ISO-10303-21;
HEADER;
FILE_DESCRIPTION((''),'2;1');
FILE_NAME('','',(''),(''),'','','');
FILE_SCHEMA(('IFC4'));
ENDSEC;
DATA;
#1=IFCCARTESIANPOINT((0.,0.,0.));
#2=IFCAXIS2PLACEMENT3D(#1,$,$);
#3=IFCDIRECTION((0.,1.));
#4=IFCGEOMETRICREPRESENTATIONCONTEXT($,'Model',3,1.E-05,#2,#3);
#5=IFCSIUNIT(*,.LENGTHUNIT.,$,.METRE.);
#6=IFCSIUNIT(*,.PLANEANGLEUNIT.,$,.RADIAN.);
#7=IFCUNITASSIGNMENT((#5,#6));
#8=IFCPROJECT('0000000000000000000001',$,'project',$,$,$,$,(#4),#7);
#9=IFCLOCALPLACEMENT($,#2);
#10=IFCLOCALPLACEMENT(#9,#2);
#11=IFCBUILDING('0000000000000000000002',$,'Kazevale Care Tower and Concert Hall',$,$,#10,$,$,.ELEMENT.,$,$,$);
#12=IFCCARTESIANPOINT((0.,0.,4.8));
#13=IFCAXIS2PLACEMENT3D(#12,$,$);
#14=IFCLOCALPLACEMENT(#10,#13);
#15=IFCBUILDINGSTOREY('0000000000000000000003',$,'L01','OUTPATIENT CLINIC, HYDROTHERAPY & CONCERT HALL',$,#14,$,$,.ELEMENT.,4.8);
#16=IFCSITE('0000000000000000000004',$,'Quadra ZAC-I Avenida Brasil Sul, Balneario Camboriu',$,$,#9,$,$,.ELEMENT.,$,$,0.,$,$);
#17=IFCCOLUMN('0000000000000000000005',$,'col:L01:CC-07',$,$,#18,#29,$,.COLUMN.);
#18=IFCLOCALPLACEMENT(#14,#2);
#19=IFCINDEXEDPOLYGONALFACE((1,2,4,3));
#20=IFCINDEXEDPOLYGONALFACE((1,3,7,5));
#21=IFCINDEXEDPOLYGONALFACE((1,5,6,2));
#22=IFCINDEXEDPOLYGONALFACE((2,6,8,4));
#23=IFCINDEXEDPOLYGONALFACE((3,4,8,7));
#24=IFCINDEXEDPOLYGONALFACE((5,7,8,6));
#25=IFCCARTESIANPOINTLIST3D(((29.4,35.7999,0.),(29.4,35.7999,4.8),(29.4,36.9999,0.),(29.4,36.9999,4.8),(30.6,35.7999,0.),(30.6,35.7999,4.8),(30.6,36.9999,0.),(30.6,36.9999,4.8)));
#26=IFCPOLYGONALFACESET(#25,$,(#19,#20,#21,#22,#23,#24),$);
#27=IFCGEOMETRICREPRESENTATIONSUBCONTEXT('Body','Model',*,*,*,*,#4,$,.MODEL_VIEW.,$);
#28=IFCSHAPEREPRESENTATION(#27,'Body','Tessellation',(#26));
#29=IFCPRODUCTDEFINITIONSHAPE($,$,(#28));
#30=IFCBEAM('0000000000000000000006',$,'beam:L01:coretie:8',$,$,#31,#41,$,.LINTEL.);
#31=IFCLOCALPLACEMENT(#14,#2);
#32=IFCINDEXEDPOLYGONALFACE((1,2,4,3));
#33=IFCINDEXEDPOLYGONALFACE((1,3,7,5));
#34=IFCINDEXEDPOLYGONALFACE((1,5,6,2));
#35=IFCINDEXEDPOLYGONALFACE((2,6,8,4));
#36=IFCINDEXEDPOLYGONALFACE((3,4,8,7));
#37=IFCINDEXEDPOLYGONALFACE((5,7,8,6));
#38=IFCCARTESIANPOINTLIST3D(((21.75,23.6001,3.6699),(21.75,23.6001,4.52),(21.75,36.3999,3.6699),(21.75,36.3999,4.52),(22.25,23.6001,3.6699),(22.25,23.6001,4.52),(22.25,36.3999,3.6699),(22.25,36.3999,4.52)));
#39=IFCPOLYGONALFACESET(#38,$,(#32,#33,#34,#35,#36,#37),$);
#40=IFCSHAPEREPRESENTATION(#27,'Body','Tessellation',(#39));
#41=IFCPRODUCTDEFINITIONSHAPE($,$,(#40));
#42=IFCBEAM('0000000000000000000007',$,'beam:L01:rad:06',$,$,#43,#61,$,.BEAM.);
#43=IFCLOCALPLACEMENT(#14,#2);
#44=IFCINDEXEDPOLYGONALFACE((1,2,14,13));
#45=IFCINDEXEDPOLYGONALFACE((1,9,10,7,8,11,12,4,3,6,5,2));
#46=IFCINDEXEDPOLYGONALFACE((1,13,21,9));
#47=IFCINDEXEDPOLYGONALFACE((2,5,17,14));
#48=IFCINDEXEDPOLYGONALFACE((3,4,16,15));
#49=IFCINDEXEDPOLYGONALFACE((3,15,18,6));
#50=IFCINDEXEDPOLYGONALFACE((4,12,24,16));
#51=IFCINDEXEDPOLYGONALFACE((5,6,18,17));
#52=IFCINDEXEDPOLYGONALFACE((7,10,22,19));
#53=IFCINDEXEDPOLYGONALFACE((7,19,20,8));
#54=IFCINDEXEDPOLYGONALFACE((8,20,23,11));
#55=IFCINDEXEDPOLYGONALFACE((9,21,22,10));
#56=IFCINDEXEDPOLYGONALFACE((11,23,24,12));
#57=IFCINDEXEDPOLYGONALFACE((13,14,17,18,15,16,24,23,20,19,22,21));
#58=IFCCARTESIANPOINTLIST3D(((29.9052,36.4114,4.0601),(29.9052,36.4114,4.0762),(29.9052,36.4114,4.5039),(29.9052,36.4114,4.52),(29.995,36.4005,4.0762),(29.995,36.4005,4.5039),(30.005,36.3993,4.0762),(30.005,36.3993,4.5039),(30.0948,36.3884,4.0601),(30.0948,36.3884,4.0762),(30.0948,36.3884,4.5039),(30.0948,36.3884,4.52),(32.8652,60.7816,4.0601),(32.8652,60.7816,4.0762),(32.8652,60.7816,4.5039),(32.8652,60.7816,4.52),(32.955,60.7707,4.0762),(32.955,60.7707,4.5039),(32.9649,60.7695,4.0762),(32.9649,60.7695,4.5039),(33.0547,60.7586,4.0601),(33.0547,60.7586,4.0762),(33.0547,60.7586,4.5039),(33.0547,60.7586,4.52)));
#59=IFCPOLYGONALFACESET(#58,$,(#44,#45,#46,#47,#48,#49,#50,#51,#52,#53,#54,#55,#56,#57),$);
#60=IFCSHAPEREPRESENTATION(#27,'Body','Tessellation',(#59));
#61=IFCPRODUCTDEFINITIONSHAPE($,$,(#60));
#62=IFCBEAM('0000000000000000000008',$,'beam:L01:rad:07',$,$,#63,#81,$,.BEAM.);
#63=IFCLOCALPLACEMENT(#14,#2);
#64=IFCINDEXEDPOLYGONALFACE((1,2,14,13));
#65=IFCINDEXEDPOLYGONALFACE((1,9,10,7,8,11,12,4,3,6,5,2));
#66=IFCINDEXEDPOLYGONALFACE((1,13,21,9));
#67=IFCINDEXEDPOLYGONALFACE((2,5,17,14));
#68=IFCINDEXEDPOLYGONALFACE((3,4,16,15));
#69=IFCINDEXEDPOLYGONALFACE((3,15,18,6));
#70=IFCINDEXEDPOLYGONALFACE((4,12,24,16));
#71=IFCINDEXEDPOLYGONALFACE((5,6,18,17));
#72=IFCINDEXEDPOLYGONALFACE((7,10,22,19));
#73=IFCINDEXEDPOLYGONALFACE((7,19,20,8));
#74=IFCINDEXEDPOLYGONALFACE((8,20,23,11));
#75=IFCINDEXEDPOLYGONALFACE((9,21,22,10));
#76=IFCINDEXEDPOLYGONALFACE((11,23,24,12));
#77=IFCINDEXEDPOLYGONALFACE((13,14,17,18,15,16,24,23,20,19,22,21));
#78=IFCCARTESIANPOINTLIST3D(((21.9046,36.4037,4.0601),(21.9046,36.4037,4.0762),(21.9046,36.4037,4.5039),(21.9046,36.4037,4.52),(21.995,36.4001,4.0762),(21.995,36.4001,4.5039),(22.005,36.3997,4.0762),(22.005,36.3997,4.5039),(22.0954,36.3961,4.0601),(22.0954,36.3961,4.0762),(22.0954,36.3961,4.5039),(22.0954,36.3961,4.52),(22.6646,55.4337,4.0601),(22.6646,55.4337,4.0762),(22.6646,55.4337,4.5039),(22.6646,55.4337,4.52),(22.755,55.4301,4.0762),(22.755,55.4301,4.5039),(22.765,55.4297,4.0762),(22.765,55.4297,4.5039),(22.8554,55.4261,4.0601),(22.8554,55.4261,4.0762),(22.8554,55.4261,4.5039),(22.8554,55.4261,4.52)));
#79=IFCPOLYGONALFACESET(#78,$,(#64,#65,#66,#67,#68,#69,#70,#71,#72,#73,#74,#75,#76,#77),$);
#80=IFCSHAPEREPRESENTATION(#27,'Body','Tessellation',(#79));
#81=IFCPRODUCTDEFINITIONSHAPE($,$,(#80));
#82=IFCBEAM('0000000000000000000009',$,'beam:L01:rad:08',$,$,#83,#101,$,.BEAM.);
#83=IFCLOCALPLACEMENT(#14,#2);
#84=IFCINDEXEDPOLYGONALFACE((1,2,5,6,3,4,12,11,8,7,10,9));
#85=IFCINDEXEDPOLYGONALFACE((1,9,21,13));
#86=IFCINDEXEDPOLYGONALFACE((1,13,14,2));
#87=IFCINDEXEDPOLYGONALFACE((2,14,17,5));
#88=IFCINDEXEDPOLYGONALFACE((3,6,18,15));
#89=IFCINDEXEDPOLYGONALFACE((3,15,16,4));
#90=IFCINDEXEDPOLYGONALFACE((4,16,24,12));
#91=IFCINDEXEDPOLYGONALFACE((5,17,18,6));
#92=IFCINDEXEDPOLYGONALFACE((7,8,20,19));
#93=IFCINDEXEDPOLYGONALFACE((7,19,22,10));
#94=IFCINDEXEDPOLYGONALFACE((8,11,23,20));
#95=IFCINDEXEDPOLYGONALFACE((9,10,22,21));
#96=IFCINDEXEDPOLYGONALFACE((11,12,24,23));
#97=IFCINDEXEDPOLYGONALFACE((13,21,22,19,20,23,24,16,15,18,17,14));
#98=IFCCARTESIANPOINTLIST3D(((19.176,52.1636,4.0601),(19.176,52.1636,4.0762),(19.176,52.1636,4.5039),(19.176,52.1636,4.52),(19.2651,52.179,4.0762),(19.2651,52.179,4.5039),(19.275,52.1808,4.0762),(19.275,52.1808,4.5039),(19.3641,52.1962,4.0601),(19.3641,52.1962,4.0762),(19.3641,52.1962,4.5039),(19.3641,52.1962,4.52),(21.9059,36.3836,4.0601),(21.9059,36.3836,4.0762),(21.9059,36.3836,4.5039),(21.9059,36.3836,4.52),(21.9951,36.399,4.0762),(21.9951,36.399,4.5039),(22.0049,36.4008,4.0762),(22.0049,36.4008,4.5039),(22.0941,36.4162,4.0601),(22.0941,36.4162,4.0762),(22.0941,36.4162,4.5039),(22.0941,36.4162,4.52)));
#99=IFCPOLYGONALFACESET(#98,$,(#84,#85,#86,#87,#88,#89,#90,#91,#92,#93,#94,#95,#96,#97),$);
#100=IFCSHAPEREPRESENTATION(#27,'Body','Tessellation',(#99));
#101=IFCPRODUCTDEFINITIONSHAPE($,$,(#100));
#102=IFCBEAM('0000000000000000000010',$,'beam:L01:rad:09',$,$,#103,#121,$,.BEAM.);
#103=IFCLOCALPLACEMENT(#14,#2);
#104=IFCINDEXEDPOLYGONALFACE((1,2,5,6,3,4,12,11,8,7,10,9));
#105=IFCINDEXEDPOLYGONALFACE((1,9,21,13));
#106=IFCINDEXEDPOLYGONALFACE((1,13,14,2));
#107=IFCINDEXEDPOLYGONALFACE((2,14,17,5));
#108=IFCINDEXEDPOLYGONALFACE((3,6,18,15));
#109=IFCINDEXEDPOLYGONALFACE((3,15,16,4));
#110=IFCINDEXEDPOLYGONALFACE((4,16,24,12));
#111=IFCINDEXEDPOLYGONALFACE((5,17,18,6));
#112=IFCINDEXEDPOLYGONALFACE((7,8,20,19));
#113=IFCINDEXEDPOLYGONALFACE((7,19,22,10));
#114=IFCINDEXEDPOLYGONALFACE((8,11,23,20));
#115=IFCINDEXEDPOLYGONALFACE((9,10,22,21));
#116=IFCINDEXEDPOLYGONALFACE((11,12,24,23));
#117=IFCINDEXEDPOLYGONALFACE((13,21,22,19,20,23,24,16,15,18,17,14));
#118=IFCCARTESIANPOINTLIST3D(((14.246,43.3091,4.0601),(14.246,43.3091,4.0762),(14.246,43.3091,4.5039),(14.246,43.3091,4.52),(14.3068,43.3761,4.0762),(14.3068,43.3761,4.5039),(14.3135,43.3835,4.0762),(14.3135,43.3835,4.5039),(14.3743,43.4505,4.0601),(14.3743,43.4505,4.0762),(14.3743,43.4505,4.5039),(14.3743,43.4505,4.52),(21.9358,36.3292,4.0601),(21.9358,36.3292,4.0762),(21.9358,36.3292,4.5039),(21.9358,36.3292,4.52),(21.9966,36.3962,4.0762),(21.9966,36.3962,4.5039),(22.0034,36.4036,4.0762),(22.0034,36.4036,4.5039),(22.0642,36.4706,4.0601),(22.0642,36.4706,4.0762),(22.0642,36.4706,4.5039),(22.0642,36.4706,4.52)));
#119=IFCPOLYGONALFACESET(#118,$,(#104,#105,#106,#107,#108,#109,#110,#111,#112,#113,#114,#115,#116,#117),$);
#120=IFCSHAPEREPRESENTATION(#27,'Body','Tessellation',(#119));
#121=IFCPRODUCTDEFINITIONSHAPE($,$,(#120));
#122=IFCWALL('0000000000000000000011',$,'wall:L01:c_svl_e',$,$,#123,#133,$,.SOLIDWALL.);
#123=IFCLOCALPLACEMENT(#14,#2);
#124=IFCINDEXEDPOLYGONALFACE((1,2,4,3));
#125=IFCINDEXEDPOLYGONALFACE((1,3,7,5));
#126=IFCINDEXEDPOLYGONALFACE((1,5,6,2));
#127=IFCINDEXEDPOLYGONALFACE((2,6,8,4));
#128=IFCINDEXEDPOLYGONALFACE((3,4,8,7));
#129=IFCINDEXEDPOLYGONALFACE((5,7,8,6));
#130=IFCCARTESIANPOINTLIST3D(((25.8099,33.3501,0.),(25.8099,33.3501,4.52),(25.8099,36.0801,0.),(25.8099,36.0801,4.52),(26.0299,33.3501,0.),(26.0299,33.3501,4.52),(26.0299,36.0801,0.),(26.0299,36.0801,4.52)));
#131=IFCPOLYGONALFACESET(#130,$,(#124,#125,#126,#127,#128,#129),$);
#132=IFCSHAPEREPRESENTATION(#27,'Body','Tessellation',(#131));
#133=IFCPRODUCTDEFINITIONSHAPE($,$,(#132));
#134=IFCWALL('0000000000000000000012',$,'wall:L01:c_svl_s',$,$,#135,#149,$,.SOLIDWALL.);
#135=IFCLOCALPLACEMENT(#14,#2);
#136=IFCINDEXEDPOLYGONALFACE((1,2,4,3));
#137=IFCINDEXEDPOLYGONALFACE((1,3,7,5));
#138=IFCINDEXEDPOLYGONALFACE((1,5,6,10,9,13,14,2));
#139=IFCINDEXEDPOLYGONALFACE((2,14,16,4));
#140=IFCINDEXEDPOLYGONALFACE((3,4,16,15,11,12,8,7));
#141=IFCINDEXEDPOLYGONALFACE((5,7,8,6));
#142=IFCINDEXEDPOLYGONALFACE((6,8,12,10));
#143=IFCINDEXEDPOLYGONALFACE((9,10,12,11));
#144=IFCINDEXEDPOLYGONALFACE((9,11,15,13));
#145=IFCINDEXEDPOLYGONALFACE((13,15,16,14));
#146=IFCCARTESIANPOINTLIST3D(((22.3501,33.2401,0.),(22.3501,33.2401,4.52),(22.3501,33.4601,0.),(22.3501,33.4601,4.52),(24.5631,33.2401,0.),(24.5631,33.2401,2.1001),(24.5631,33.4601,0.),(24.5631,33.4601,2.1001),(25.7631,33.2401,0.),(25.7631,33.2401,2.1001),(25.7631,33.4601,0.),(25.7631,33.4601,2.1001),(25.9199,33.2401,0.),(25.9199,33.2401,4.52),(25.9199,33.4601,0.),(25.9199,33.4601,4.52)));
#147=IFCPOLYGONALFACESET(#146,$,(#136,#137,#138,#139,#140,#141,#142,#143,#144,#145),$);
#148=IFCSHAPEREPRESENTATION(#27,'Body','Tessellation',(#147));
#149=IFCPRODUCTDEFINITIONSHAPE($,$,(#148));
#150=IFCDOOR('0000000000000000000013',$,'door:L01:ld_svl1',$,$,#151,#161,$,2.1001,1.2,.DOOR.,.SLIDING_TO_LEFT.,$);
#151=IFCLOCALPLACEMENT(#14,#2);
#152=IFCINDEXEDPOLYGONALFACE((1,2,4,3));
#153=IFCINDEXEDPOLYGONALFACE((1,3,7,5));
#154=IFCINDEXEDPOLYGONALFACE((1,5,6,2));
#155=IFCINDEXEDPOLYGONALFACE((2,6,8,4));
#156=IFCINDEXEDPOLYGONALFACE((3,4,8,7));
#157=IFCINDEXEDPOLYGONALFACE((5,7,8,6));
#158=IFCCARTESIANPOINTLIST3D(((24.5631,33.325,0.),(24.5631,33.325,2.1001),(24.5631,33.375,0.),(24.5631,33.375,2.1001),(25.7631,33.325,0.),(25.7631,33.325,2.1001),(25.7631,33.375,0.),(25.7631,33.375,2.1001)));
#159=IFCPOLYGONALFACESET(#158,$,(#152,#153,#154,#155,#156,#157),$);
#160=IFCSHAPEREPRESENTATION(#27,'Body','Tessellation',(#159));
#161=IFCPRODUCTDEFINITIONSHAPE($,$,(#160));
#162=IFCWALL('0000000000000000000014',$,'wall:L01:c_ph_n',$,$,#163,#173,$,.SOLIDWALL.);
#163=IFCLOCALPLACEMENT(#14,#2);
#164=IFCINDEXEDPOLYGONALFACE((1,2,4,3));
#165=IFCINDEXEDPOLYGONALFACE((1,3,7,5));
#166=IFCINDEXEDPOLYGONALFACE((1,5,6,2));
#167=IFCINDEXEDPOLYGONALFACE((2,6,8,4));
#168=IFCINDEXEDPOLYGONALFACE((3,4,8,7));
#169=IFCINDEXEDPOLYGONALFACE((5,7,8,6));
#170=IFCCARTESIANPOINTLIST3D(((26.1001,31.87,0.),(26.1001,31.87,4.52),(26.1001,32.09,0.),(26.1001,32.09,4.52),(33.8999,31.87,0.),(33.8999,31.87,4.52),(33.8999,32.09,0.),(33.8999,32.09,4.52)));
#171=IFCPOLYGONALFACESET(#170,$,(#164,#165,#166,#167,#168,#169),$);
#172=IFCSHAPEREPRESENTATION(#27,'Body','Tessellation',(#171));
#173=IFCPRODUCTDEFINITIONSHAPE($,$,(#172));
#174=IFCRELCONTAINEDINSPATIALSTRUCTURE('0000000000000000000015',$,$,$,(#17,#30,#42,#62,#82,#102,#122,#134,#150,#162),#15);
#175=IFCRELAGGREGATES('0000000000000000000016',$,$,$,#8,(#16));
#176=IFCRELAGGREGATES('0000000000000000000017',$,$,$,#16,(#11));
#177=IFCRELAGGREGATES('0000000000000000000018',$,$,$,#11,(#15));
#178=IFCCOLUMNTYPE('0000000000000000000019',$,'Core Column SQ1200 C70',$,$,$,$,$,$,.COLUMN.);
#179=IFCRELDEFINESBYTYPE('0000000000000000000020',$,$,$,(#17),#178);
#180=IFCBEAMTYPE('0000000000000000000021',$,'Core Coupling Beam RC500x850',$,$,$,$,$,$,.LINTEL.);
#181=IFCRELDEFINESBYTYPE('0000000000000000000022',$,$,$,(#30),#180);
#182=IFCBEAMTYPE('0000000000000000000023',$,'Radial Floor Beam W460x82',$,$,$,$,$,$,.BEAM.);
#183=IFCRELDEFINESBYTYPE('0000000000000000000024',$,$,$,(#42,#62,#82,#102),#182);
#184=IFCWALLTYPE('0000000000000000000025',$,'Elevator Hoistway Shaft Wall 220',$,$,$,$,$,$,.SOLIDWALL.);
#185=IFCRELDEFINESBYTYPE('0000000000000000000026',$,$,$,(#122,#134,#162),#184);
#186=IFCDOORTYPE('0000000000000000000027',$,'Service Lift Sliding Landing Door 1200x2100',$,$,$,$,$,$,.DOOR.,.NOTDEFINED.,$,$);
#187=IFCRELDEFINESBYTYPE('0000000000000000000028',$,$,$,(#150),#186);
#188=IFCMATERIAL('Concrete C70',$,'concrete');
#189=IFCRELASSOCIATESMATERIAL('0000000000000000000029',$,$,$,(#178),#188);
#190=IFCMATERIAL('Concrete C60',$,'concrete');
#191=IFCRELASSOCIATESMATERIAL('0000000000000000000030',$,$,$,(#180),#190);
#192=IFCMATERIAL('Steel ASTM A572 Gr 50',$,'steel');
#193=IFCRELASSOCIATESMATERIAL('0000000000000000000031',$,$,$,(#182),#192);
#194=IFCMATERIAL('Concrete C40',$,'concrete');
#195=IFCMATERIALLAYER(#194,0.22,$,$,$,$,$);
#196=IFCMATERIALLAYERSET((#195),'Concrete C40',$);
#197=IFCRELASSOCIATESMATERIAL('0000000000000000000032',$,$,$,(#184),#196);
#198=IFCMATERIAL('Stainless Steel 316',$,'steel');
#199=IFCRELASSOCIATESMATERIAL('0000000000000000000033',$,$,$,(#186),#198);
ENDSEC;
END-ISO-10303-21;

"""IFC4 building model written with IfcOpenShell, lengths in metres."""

from ifc_helpers import new_model, si_unit, direction, frame, frame_2d, origin, origin_2d, place, context, subcontext, project, spatial, rectangle, i_section, extrude, material, layer, layer_set, material_profile, profile_set, type_object, element, fill, save


model = new_model("IFC4")

# Units and contexts
model_context = context("Model", 3, precision=1e-05, world=origin(), true_north=direction((0.0, 1.0)))
body_context = subcontext(model_context, "Body", "Model", "MODEL_VIEW")
ifc_project = project(units=[si_unit("LENGTHUNIT", "METRE"), si_unit("PLANEANGLEUNIT", "RADIAN")], contexts=[model_context])

# Site, building, storey
site_placement = place(None, origin())
site = spatial("IfcSite", under=ifc_project, at=site_placement, Name="Quadra ZAC-I Avenida Brasil Sul, Balneario Camboriu", CompositionType="ELEMENT", RefElevation=0.0)
building_placement = place(site_placement, origin())
building = spatial("IfcBuilding", under=site, at=building_placement, Name="Kazevale Care Tower and Concert Hall", CompositionType="ELEMENT")
storey_placement = place(building_placement, frame((0.0, 0.0, 4.8)))
storey = spatial("IfcBuildingStorey", under=building, at=storey_placement, Name="L01", Description="OUTPATIENT CLINIC, HYDROTHERAPY & CONCERT HALL", CompositionType="ELEMENT", Elevation=4.8)

# Column
ifc_material_1 = material(Name="Concrete C70", Category="concrete")
ifc_material_profile_1 = material_profile(ifc_material_1, rectangle(XDim=1.2, YDim=1.2, at=origin_2d()), Name="RC-SQ1200")
ifc_profile_set_1 = profile_set([ifc_material_profile_1], Name="Concrete C70")
column_type = type_object("IfcColumnType", Name="Core Column SQ1200 C70", PredefinedType="COLUMN", material=ifc_profile_set_1)
column_placement = place(storey_placement, frame((30.0, 36.3999, 0.0), z_axis=(0.0, 0.0, 1.0), x_axis=(1.0, 0.0, 0.0)))
element("IfcColumn", 1, at=column_placement, inside=storey, type_object=column_type, Name="col:L01:CC-07", PredefinedType="COLUMN", context=body_context, shape_type="SweptSolid", body=[
    extrude(rectangle(XDim=1.2, YDim=1.2, at=origin_2d()), origin(), (0.0, 0.0, 1.0), 4.8),
])

# Beams
ifc_material_2 = material(Name="Concrete C60", Category="concrete")
ifc_material_profile_2 = material_profile(ifc_material_2, rectangle(XDim=0.5, YDim=0.8501, at=origin_2d()), Name="RC-B500x850")
ifc_profile_set_2 = profile_set([ifc_material_profile_2], Name="Concrete C60")
beam_type_1 = type_object("IfcBeamType", Name="Core Coupling Beam RC500x850", PredefinedType="LINTEL", material=ifc_profile_set_2)
beam_1_placement = place(storey_placement, frame((22.0, 36.3999, 4.095), z_axis=(0.0, -1.0, 0.0), x_axis=(1.0, 0.0, 0.0)))
element("IfcBeam", 2, at=beam_1_placement, inside=storey, type_object=beam_type_1, Name="beam:L01:coretie:8", PredefinedType="LINTEL", context=body_context, shape_type="SweptSolid", body=[
    extrude(rectangle(XDim=0.5, YDim=0.8501, at=origin_2d()), origin(), (0.0, 0.0, 1.0), 12.7998),
])
ifc_material_3 = material(Name="Steel ASTM A572 Gr 50", Category="steel")
ifc_material_profile_3 = material_profile(ifc_material_3, i_section(OverallWidth=0.1909, OverallDepth=0.46, WebThickness=0.01, FlangeThickness=0.0161, at=origin_2d()), Name="W460x82")
ifc_profile_set_3 = profile_set([ifc_material_profile_3], Name="Steel ASTM A572 Gr 50")
beam_type_2 = type_object("IfcBeamType", Name="Radial Floor Beam W460x82", PredefinedType="BEAM", material=ifc_profile_set_3)
beam_2_placement = place(storey_placement, frame((30.0, 36.3999, 4.29), z_axis=(0.120573, 0.992705, 0.0), x_axis=(-0.992705, 0.120573, 0.0)))
element("IfcBeam", 3, at=beam_2_placement, inside=storey, type_object=beam_type_2, Name="beam:L01:rad:06", PredefinedType="BEAM", context=body_context, shape_type="SweptSolid", body=[
    extrude(i_section(OverallWidth=0.1909, OverallDepth=0.46, WebThickness=0.01, FlangeThickness=0.0161, at=origin_2d()), origin(), (0.0, 0.0, 1.0), 24.5493),
])
beam_3_placement = place(storey_placement, frame((22.0, 36.3999, 4.29), z_axis=(0.039906, 0.999203, 0.0), x_axis=(-0.999203, 0.039906, 0.0)))
element("IfcBeam", 4, at=beam_3_placement, inside=storey, type_object=beam_type_2, Name="beam:L01:rad:07", PredefinedType="BEAM", context=body_context, shape_type="SweptSolid", body=[
    extrude(i_section(OverallWidth=0.1909, OverallDepth=0.46, WebThickness=0.01, FlangeThickness=0.0161, at=origin_2d()), origin(), (0.0, 0.0, 1.0), 19.0452),
])
beam_4_placement = place(storey_placement, frame((22.0, 36.3999, 4.29), z_axis=(-0.17047, 0.985363, 0.0), x_axis=(-0.985363, -0.17047, 0.0)))
element("IfcBeam", 5, at=beam_4_placement, inside=storey, type_object=beam_type_2, Name="beam:L01:rad:08", PredefinedType="BEAM", context=body_context, shape_type="SweptSolid", body=[
    extrude(i_section(OverallWidth=0.1909, OverallDepth=0.46, WebThickness=0.01, FlangeThickness=0.0161, at=origin_2d()), origin(), (0.0, 0.0, 1.0), 16.0144),
])
beam_5_placement = place(storey_placement, frame((22.0, 36.3999, 4.29), z_axis=(-0.740461, 0.672099, 0.0), x_axis=(-0.672099, -0.740461, 0.0)))
element("IfcBeam", 6, at=beam_5_placement, inside=storey, type_object=beam_type_2, Name="beam:L01:rad:09", PredefinedType="BEAM", context=body_context, shape_type="SweptSolid", body=[
    extrude(i_section(OverallWidth=0.1909, OverallDepth=0.46, WebThickness=0.01, FlangeThickness=0.0161, at=origin_2d()), origin(), (0.0, 0.0, 1.0), 10.3853),
])

# Wall
ifc_material_4 = material(Name="Concrete C40", Category="concrete")
ifc_layer_1 = layer(ifc_material_4, 0.22)
ifc_layer_set_1 = layer_set([ifc_layer_1], Name="Concrete C40")
wall_type_1 = type_object("IfcWallType", Name="Elevator Hoistway Shaft Wall 220", PredefinedType="SOLIDWALL", material=ifc_layer_set_1)
wall_1_placement = place(storey_placement, frame((25.9199, 33.3501, 0.0), z_axis=(0.0, 0.0, 1.0), x_axis=(0.0, 1.0, 0.0)))
element("IfcWall", 7, at=wall_1_placement, inside=storey, type_object=wall_type_1, Name="wall:L01:c_svl_e", PredefinedType="SOLIDWALL", context=body_context, shape_type="SweptSolid", body=[
    extrude(rectangle(XDim=2.73, YDim=0.22, at=frame_2d((1.365, 0.0))), origin(), (0.0, 0.0, 1.0), 4.52),
])

# Wall, opening, door
wall_2_placement = place(storey_placement, frame((22.3501, 33.3501, 0.0), z_axis=(0.0, 0.0, 1.0), x_axis=(1.0, 0.0, 0.0)))
wall_2 = element("IfcWall", 8, at=wall_2_placement, inside=storey, type_object=wall_type_1, Name="wall:L01:c_svl_s", PredefinedType="SOLIDWALL", context=body_context, shape_type="SweptSolid", body=[
    extrude(rectangle(XDim=3.5698, YDim=0.22, at=frame_2d((1.7849, 0.0))), origin(), (0.0, 0.0, 1.0), 4.52),
])
opening_1_placement = place(wall_2_placement, frame((2.2129, 0.0, 0.0)))
opening_1 = element("IfcOpeningElement", 9, at=opening_1_placement, cuts=wall_2, PredefinedType="OPENING", context=body_context, shape_type="SweptSolid", body=[
    extrude(rectangle(XDim=1.2, YDim=2.1001, at=frame_2d((0.6001, 1.05))), frame((0.0, 0.1199, 0.0), z_axis=(0.0, -1.0, 0.0), x_axis=(1.0, 0.0, 0.0)), (0.0, 0.0, 1.0), 0.24),
])
ifc_material_5 = material(Name="Stainless Steel 316", Category="steel")
door_type_1 = type_object("IfcDoorType", Name="Service Lift Sliding Landing Door 1200x2100", OperationType="NOTDEFINED", PredefinedType="DOOR", material=ifc_material_5)
door_1_placement = place(opening_1_placement, origin())
door_1 = element("IfcDoor", 10, at=door_1_placement, inside=storey, type_object=door_type_1, Name="door:L01:ld_svl1", OperationType="SLIDING_TO_LEFT", OverallHeight=2.1001, OverallWidth=1.2, PredefinedType="DOOR", context=body_context, shape_type="SweptSolid", body=[
    extrude(rectangle(XDim=1.2, YDim=2.1001, at=frame_2d((0.6001, 1.05))), frame((0.0, 0.0249, 0.0), z_axis=(0.0, -1.0, 0.0), x_axis=(1.0, 0.0, 0.0)), (0.0, 0.0, 1.0), 0.05),
])
fill(opening_1, door_1)

# Wall
wall_3_placement = place(storey_placement, frame((26.1001, 31.98, 0.0), z_axis=(0.0, 0.0, 1.0), x_axis=(1.0, 0.0, 0.0)))
element("IfcWall", 11, at=wall_3_placement, inside=storey, type_object=wall_type_1, Name="wall:L01:c_ph_n", PredefinedType="SOLIDWALL", context=body_context, shape_type="SweptSolid", body=[
    extrude(rectangle(XDim=7.7998, YDim=0.22, at=frame_2d((3.8999, 0.0))), origin(), (0.0, 0.0, 1.0), 4.52),
])

save(model, "model.ifc")
